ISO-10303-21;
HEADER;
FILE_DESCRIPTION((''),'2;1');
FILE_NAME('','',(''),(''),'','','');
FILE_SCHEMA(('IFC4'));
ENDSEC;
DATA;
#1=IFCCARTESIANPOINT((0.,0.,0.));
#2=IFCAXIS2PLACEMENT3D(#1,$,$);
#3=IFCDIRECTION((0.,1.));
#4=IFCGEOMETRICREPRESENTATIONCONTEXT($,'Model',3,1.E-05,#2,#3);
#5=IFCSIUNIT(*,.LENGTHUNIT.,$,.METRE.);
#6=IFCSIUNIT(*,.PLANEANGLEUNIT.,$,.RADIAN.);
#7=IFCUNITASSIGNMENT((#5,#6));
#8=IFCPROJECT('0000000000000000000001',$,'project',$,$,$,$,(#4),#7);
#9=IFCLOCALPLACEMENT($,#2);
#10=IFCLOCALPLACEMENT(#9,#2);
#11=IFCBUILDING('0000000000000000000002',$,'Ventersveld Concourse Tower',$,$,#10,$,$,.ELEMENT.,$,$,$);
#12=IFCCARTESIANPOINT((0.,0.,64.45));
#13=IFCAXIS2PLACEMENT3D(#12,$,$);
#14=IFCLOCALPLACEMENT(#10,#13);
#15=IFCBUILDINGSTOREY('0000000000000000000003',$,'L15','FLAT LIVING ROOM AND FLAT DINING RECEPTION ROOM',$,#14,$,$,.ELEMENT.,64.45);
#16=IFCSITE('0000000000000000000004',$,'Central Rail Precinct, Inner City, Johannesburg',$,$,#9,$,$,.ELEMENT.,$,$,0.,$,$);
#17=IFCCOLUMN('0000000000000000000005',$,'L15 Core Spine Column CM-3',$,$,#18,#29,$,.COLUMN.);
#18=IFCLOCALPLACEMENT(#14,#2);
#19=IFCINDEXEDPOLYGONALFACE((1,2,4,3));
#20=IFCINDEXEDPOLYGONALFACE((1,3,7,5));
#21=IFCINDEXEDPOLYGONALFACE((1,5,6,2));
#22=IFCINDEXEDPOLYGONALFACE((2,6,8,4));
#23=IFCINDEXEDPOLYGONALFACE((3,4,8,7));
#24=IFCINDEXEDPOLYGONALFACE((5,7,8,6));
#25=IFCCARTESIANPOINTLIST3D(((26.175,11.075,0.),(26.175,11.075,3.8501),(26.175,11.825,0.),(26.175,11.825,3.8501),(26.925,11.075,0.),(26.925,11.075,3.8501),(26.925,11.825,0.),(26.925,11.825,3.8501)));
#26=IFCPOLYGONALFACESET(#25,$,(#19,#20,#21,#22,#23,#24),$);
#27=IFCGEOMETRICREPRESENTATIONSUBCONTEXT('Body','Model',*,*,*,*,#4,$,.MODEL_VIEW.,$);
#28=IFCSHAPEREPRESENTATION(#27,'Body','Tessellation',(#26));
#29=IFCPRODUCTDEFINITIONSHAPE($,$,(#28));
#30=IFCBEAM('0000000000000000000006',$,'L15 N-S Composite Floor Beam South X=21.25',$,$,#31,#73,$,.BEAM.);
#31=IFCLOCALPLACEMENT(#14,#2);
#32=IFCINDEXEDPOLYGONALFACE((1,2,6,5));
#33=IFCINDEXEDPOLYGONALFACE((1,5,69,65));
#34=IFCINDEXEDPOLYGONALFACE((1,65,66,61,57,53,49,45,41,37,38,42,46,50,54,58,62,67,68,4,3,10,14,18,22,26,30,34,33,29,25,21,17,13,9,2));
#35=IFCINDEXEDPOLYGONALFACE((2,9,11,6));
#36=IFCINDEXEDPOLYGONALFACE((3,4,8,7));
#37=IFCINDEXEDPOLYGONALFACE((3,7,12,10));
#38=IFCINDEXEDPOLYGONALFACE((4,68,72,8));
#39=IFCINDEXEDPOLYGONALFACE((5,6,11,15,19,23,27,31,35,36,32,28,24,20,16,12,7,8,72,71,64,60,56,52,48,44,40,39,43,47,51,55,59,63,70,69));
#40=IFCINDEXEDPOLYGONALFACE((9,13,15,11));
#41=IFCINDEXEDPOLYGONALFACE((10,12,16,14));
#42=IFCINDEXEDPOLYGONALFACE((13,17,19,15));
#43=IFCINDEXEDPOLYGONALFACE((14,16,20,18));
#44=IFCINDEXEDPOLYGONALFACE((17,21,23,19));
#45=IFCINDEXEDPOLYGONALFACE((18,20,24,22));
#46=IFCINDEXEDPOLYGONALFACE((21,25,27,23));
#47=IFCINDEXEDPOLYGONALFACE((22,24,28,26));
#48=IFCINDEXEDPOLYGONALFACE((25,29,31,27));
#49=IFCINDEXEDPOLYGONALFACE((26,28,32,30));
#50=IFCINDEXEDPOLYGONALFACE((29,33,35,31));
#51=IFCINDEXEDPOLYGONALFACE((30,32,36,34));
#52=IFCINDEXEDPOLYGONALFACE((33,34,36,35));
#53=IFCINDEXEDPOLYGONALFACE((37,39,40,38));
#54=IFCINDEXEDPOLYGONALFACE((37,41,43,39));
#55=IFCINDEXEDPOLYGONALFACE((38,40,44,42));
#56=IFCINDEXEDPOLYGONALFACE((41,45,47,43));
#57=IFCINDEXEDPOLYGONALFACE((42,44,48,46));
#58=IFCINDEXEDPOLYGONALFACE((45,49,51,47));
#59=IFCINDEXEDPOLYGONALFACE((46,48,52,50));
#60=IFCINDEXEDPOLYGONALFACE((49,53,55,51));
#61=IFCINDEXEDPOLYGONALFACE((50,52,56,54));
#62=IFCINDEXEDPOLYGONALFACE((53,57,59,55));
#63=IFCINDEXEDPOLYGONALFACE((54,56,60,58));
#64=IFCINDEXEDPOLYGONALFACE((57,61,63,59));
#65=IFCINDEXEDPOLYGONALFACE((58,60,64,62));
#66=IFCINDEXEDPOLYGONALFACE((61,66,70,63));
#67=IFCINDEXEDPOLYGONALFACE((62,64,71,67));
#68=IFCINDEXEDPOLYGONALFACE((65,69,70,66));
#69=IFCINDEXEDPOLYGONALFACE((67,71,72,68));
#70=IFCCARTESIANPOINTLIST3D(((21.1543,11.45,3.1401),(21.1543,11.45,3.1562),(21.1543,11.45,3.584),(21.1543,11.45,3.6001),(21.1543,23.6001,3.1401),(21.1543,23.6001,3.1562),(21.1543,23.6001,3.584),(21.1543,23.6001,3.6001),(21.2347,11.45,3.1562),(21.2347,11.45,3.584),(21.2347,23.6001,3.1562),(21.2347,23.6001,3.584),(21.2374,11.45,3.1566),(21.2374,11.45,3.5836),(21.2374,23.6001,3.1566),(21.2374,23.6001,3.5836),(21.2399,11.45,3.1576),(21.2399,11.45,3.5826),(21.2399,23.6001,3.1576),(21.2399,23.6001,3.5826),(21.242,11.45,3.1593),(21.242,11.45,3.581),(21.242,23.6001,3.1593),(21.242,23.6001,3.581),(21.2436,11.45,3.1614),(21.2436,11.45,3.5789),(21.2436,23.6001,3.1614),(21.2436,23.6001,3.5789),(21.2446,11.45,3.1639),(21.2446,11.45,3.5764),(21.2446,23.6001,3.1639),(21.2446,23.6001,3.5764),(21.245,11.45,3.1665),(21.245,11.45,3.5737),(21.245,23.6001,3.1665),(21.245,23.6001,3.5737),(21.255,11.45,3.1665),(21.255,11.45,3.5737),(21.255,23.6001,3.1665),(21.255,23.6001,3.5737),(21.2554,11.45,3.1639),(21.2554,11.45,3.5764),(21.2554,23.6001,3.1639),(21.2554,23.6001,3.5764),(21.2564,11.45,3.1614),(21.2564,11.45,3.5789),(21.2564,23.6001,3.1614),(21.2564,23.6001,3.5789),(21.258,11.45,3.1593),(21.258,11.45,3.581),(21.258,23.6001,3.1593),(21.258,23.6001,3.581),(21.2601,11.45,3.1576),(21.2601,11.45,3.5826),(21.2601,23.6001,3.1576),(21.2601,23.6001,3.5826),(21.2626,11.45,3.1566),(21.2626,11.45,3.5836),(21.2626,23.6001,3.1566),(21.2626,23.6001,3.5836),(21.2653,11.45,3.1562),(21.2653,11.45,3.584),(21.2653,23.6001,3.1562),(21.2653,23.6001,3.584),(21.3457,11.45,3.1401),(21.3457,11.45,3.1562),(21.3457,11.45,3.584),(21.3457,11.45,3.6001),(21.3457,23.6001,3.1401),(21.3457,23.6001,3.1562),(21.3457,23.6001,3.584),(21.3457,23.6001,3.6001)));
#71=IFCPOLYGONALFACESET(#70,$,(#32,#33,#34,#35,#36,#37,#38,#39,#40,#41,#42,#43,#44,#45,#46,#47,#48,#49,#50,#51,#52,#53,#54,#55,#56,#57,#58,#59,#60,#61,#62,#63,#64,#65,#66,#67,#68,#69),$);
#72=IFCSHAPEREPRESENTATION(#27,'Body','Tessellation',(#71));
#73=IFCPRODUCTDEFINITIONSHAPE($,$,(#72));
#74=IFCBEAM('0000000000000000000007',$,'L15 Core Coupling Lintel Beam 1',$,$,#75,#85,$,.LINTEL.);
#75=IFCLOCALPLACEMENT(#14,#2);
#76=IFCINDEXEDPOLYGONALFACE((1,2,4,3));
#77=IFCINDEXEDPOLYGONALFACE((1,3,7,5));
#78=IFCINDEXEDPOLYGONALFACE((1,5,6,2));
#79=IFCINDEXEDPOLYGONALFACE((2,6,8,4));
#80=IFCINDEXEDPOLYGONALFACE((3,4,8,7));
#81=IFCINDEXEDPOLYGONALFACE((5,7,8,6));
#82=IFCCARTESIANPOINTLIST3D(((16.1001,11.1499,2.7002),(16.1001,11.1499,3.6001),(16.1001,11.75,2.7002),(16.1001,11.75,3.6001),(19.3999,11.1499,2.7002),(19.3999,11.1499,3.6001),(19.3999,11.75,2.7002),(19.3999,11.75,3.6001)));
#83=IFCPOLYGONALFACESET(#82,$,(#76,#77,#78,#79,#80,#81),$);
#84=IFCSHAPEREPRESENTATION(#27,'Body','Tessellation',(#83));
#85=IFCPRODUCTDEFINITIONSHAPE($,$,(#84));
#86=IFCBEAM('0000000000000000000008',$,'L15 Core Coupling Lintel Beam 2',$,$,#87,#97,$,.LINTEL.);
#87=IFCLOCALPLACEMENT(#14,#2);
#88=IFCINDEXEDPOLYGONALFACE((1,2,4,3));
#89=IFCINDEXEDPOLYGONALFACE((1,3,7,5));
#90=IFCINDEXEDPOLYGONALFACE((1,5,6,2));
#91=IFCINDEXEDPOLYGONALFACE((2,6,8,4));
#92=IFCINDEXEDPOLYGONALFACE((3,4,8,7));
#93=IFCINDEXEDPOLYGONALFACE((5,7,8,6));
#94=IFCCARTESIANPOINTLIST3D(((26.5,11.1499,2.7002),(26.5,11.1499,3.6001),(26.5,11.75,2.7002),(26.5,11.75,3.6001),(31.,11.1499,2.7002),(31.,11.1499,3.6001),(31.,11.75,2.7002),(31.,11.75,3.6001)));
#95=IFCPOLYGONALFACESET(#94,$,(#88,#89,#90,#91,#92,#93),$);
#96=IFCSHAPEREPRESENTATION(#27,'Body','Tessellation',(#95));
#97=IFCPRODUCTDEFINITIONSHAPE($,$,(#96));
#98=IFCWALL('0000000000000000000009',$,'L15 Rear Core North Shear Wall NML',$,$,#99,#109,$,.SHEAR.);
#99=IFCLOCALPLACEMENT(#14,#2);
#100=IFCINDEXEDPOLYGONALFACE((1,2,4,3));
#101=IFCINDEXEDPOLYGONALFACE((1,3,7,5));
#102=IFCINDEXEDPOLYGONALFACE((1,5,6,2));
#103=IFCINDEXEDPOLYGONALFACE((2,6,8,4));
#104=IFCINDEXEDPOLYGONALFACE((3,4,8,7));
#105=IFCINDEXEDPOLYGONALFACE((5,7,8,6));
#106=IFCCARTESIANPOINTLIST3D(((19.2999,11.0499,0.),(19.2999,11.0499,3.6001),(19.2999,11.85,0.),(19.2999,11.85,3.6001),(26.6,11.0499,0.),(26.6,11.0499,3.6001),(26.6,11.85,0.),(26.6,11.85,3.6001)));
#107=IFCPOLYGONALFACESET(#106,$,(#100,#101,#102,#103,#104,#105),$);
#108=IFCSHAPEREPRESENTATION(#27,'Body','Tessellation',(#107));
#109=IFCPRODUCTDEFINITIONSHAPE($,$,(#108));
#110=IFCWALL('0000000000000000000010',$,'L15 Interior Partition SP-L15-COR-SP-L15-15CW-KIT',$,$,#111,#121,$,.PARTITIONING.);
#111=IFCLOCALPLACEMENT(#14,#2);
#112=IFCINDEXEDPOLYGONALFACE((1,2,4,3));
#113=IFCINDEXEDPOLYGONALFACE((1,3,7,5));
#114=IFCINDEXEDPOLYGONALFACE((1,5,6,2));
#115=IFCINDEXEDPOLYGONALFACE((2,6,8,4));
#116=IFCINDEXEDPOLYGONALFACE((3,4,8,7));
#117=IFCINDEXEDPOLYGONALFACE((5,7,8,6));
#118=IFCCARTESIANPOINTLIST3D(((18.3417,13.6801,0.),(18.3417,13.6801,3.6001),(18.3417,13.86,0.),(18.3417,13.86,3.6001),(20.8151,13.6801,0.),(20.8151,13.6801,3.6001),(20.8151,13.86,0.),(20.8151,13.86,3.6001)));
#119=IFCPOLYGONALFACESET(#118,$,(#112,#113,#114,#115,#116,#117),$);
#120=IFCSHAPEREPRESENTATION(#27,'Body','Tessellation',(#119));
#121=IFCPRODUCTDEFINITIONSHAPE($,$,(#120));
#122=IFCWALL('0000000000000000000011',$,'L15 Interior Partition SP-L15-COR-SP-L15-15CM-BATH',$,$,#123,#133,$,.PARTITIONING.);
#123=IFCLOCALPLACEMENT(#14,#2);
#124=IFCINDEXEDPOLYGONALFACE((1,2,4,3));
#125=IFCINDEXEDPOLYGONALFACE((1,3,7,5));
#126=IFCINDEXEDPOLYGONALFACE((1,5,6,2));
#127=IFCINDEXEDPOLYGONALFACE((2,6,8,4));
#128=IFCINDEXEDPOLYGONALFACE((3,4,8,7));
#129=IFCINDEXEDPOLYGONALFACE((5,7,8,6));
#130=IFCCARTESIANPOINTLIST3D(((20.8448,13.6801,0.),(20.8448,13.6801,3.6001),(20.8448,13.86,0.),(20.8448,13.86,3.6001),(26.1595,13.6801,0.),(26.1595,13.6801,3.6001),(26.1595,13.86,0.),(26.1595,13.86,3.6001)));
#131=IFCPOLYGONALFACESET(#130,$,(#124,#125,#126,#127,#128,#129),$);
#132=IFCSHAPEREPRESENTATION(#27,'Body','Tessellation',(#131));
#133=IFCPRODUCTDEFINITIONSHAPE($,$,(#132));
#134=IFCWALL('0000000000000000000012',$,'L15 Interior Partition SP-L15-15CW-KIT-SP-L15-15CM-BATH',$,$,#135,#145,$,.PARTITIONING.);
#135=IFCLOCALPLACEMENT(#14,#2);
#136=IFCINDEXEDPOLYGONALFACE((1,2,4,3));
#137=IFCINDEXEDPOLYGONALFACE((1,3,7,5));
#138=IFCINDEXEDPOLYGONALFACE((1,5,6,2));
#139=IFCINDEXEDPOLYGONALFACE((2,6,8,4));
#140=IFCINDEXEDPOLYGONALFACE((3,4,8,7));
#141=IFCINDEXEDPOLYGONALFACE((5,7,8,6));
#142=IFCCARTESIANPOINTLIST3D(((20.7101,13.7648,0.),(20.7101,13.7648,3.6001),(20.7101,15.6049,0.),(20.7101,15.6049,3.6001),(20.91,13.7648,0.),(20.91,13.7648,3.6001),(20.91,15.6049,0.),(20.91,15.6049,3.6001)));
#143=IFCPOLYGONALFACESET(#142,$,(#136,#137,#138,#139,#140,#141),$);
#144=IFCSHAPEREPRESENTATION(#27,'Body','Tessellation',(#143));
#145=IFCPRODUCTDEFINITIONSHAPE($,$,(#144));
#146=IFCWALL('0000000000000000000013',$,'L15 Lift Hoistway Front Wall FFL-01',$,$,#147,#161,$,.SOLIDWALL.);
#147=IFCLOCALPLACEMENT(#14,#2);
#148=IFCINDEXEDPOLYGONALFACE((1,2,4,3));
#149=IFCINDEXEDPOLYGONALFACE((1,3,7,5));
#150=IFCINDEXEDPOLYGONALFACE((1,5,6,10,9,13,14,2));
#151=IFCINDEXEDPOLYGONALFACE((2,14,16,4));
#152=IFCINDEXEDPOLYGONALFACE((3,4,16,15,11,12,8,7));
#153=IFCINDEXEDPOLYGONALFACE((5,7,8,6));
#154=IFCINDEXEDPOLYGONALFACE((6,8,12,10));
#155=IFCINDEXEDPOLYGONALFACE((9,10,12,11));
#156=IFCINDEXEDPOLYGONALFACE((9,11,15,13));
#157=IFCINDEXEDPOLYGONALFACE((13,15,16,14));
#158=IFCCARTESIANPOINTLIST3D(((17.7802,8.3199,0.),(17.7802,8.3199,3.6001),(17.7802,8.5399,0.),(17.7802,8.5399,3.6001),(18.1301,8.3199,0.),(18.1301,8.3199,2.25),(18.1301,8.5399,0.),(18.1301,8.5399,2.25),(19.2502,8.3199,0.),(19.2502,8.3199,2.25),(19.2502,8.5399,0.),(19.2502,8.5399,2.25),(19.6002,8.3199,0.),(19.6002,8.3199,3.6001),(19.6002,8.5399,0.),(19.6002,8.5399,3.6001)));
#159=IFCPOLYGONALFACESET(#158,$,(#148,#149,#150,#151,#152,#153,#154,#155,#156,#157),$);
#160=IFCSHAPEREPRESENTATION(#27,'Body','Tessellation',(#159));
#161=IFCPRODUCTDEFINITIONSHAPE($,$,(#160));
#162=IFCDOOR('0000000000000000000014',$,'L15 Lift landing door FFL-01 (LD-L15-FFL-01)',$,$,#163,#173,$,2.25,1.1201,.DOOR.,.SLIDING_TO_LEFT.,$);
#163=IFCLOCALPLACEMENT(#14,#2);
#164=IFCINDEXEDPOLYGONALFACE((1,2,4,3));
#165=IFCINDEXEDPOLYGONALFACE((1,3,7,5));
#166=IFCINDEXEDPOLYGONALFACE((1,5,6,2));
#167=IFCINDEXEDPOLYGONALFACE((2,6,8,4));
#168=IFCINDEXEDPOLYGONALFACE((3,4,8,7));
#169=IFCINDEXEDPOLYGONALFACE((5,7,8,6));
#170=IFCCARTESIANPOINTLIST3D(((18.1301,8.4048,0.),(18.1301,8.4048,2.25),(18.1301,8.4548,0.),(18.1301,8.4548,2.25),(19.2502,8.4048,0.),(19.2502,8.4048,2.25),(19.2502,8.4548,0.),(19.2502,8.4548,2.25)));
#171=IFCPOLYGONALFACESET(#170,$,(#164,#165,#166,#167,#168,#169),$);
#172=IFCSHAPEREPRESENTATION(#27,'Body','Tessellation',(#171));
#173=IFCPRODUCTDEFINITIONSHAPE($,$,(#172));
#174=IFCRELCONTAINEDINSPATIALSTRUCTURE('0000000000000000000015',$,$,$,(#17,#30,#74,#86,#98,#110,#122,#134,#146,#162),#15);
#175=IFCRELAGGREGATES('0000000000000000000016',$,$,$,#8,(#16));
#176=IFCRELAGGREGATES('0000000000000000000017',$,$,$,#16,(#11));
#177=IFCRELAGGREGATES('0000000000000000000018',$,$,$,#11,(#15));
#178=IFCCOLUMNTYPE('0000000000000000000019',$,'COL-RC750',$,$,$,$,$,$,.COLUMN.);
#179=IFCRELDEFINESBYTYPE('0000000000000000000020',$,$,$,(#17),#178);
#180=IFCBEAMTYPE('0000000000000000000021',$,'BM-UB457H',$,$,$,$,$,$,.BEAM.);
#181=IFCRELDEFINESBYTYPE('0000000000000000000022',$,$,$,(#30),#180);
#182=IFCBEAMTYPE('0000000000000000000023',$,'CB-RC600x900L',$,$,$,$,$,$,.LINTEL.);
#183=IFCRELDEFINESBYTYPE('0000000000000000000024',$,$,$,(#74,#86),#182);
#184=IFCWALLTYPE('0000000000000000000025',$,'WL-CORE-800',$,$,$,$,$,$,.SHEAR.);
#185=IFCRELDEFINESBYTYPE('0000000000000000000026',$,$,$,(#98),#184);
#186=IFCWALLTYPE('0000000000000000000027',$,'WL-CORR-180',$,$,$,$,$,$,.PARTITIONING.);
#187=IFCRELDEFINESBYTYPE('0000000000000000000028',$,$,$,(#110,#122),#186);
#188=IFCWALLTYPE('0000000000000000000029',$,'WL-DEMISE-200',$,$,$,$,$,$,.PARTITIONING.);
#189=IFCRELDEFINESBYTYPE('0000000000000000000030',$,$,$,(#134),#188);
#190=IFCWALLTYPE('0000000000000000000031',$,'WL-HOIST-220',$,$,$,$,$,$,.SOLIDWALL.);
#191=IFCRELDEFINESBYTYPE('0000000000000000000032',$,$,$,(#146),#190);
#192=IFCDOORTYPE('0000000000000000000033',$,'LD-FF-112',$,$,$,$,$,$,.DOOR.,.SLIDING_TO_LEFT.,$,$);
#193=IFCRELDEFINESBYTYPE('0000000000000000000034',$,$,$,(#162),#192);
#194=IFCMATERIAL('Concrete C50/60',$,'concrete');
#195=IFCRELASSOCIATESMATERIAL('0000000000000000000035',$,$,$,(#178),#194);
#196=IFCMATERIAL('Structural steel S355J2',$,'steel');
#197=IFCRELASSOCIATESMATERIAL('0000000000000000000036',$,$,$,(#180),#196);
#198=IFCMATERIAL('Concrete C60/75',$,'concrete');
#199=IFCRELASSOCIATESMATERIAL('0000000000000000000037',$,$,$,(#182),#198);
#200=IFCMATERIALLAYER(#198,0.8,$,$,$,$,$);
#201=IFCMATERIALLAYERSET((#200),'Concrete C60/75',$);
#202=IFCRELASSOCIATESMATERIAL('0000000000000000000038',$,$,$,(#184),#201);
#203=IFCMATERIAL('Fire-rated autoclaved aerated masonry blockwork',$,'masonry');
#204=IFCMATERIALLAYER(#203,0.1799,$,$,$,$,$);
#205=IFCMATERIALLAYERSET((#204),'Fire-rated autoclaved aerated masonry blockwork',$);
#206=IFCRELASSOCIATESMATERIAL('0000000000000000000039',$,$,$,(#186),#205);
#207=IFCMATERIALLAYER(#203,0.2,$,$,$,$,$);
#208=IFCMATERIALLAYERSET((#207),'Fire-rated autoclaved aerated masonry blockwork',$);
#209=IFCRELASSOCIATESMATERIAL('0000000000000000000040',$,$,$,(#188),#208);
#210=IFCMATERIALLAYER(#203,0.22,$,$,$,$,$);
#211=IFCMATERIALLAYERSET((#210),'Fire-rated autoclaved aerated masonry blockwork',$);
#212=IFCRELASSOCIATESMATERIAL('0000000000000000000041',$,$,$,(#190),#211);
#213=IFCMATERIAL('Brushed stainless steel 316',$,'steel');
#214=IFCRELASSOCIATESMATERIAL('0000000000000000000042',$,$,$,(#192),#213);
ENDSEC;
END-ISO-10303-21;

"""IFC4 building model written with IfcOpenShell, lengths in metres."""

from ifc_helpers import new_model, si_unit, direction, frame, frame_2d, origin, origin_2d, place, context, subcontext, project, spatial, rectangle, i_section, extrude, material, layer, layer_set, material_profile, profile_set, type_object, element, fill, save


model = new_model("IFC4")

# Units and contexts
model_context = context("Model", 3, precision=1e-05, world=origin(), true_north=direction((0.0, 1.0)))
body_context = subcontext(model_context, "Body", "Model", "MODEL_VIEW")
ifc_project = project(units=[si_unit("LENGTHUNIT", "METRE"), si_unit("PLANEANGLEUNIT", "RADIAN")], contexts=[model_context])

# Site, building, storey
site_placement = place(None, origin())
site = spatial("IfcSite", under=ifc_project, at=site_placement, Name="Central Rail Precinct, Inner City, Johannesburg", CompositionType="ELEMENT", RefElevation=0.0)
building_placement = place(site_placement, origin())
building = spatial("IfcBuilding", under=site, at=building_placement, Name="Ventersveld Concourse Tower", CompositionType="ELEMENT")
storey_placement = place(building_placement, frame((0.0, 0.0, 64.45)))
storey = spatial("IfcBuildingStorey", under=building, at=storey_placement, Name="L15", Description="FLAT LIVING ROOM AND FLAT DINING RECEPTION ROOM", CompositionType="ELEMENT", Elevation=64.45)

# Column
ifc_material_1 = material(Name="Concrete C50/60", Category="concrete")
ifc_material_profile_1 = material_profile(ifc_material_1, rectangle(XDim=0.75, YDim=0.75, at=origin_2d()), Name="RC 750x750")
ifc_profile_set_1 = profile_set([ifc_material_profile_1], Name="Concrete C50/60")
column_type = type_object("IfcColumnType", Name="COL-RC750", PredefinedType="COLUMN", material=ifc_profile_set_1)
column_placement = place(storey_placement, frame((26.55, 11.45, 0.0), z_axis=(0.0, 0.0, 1.0), x_axis=(1.0, 0.0, 0.0)))
element("IfcColumn", 1, at=column_placement, inside=storey, type_object=column_type, Name="L15 Core Spine Column CM-3", PredefinedType="COLUMN", context=body_context, shape_type="SweptSolid", body=[
    extrude(rectangle(XDim=0.75, YDim=0.75, at=origin_2d()), origin(), (0.0, 0.0, 1.0), 3.8501),
])

# Beams
ifc_material_2 = material(Name="Structural steel S355J2", Category="steel")
ifc_material_profile_2 = material_profile(ifc_material_2, i_section(OverallWidth=0.1914, OverallDepth=0.46, WebThickness=0.01, FlangeThickness=0.0161, FilletRadius=0.0103, at=origin_2d()), Name="UB 457x191x82")
ifc_profile_set_2 = profile_set([ifc_material_profile_2], Name="Structural steel S355J2")
beam_type_1 = type_object("IfcBeamType", Name="BM-UB457H", PredefinedType="BEAM", material=ifc_profile_set_2)
beam_1_placement = place(storey_placement, frame((21.25, 11.45, 3.3701), z_axis=(0.0, 1.0, 0.0), x_axis=(-1.0, 0.0, 0.0)))
element("IfcBeam", 2, at=beam_1_placement, inside=storey, type_object=beam_type_1, Name="L15 N-S Composite Floor Beam South X=21.25", PredefinedType="BEAM", context=body_context, shape_type="SweptSolid", body=[
    extrude(i_section(OverallWidth=0.1914, OverallDepth=0.46, WebThickness=0.01, FlangeThickness=0.0161, FilletRadius=0.0103, at=origin_2d()), origin(), (0.0, 0.0, 1.0), 12.1501),
])
ifc_material_3 = material(Name="Concrete C60/75", Category="concrete")
ifc_material_profile_3 = material_profile(ifc_material_3, rectangle(XDim=0.6001, YDim=0.8999, at=origin_2d()), Name="RC 600x900")
ifc_profile_set_3 = profile_set([ifc_material_profile_3], Name="Concrete C60/75")
beam_type_2 = type_object("IfcBeamType", Name="CB-RC600x900L", PredefinedType="LINTEL", material=ifc_profile_set_3)
beam_2_placement = place(storey_placement, frame((16.1001, 11.45, 3.1501), z_axis=(1.0, 0.0, 0.0), x_axis=(0.0, 1.0, 0.0)))
element("IfcBeam", 3, at=beam_2_placement, inside=storey, type_object=beam_type_2, Name="L15 Core Coupling Lintel Beam 1", PredefinedType="LINTEL", context=body_context, shape_type="SweptSolid", body=[
    extrude(rectangle(XDim=0.6001, YDim=0.8999, at=origin_2d()), origin(), (0.0, 0.0, 1.0), 3.2998),
])
beam_3_placement = place(storey_placement, frame((26.5, 11.45, 3.1501), z_axis=(1.0, 0.0, 0.0), x_axis=(0.0, 1.0, 0.0)))
element("IfcBeam", 4, at=beam_3_placement, inside=storey, type_object=beam_type_2, Name="L15 Core Coupling Lintel Beam 2", PredefinedType="LINTEL", context=body_context, shape_type="SweptSolid", body=[
    extrude(rectangle(XDim=0.6001, YDim=0.8999, at=origin_2d()), origin(), (0.0, 0.0, 1.0), 4.5),
])

# Walls
ifc_layer_1 = layer(ifc_material_3, 0.8)
ifc_layer_set_1 = layer_set([ifc_layer_1], Name="Concrete C60/75")
wall_type_1 = type_object("IfcWallType", Name="WL-CORE-800", PredefinedType="SHEAR", material=ifc_layer_set_1)
wall_1_placement = place(storey_placement, frame((19.3, 11.45, 0.0), z_axis=(0.0, 0.0, 1.0), x_axis=(1.0, 0.0, 0.0)))
element("IfcWall", 5, at=wall_1_placement, inside=storey, type_object=wall_type_1, Name="L15 Rear Core North Shear Wall NML", PredefinedType="SHEAR", context=body_context, shape_type="SweptSolid", body=[
    extrude(rectangle(XDim=7.3, YDim=0.8, at=frame_2d((3.6499, 0.0))), origin(), (0.0, 0.0, 1.0), 3.6001),
])
ifc_material_4 = material(Name="Fire-rated autoclaved aerated masonry blockwork", Category="masonry")
ifc_layer_2 = layer(ifc_material_4, 0.1799)
ifc_layer_set_2 = layer_set([ifc_layer_2], Name="Fire-rated autoclaved aerated masonry blockwork")
wall_type_2 = type_object("IfcWallType", Name="WL-CORR-180", PredefinedType="PARTITIONING", material=ifc_layer_set_2)
wall_2_placement = place(storey_placement, frame((18.3416, 13.77, 0.0), z_axis=(0.0, 0.0, 1.0), x_axis=(1.0, 0.0, 0.0)))
element("IfcWall", 6, at=wall_2_placement, inside=storey, type_object=wall_type_2, Name="L15 Interior Partition SP-L15-COR-SP-L15-15CW-KIT", PredefinedType="PARTITIONING", context=body_context, shape_type="SweptSolid", body=[
    extrude(rectangle(XDim=2.4734, YDim=0.1799, at=frame_2d((1.2368, 0.0))), origin(), (0.0, 0.0, 1.0), 3.6001),
])

# Walls
wall_3_placement = place(storey_placement, frame((20.845, 13.77, 0.0), z_axis=(0.0, 0.0, 1.0), x_axis=(1.0, 0.0, 0.0)))
element("IfcWall", 7, at=wall_3_placement, inside=storey, type_object=wall_type_2, Name="L15 Interior Partition SP-L15-COR-SP-L15-15CM-BATH", PredefinedType="PARTITIONING", context=body_context, shape_type="SweptSolid", body=[
    extrude(rectangle(XDim=5.3147, YDim=0.1799, at=frame_2d((2.6572, 0.0))), origin(), (0.0, 0.0, 1.0), 3.6001),
])
ifc_layer_3 = layer(ifc_material_4, 0.2)
ifc_layer_set_3 = layer_set([ifc_layer_3], Name="Fire-rated autoclaved aerated masonry blockwork")
wall_type_3 = type_object("IfcWallType", Name="WL-DEMISE-200", PredefinedType="PARTITIONING", material=ifc_layer_set_3)
wall_4_placement = place(storey_placement, frame((20.8101, 13.7649, 0.0), z_axis=(0.0, 0.0, 1.0), x_axis=(0.0, 1.0, 0.0)))
element("IfcWall", 8, at=wall_4_placement, inside=storey, type_object=wall_type_3, Name="L15 Interior Partition SP-L15-15CW-KIT-SP-L15-15CM-BATH", PredefinedType="PARTITIONING", context=body_context, shape_type="SweptSolid", body=[
    extrude(rectangle(XDim=1.8401, YDim=0.2, at=frame_2d((0.9199, 0.0))), origin(), (0.0, 0.0, 1.0), 3.6001),
])

# Wall, opening, door
ifc_layer_4 = layer(ifc_material_4, 0.22)
ifc_layer_set_4 = layer_set([ifc_layer_4], Name="Fire-rated autoclaved aerated masonry blockwork")
wall_type_4 = type_object("IfcWallType", Name="WL-HOIST-220", PredefinedType="SOLIDWALL", material=ifc_layer_set_4)
wall_5_placement = place(storey_placement, frame((17.78, 8.4299, 0.0), z_axis=(0.0, 0.0, 1.0), x_axis=(1.0, 0.0, 0.0)))
wall_5 = element("IfcWall", 9, at=wall_5_placement, inside=storey, type_object=wall_type_4, Name="L15 Lift Hoistway Front Wall FFL-01", PredefinedType="SOLIDWALL", context=body_context, shape_type="SweptSolid", body=[
    extrude(rectangle(XDim=1.8201, YDim=0.22, at=frame_2d((0.9102, 0.0))), origin(), (0.0, 0.0, 1.0), 3.6001),
])
opening_1_placement = place(wall_5_placement, frame((0.3501, 0.0, 0.0)))
opening_1 = element("IfcOpeningElement", 10, at=opening_1_placement, cuts=wall_5, PredefinedType="OPENING", context=body_context, shape_type="SweptSolid", body=[
    extrude(rectangle(XDim=1.1201, YDim=2.25, at=frame_2d((0.5601, 1.125))), frame((0.0, 0.1201, 0.0), z_axis=(0.0, -1.0, 0.0), x_axis=(1.0, 0.0, 0.0)), (0.0, 0.0, 1.0), 0.24),
])
ifc_material_5 = material(Name="Brushed stainless steel 316", Category="steel")
door_type_1 = type_object("IfcDoorType", Name="LD-FF-112", OperationType="SLIDING_TO_LEFT", PredefinedType="DOOR", material=ifc_material_5)
door_1_placement = place(opening_1_placement, origin())
door_1 = element("IfcDoor", 11, at=door_1_placement, inside=storey, type_object=door_type_1, Name="L15 Lift landing door FFL-01 (LD-L15-FFL-01)", OperationType="SLIDING_TO_LEFT", OverallHeight=2.25, OverallWidth=1.1201, PredefinedType="DOOR", context=body_context, shape_type="SweptSolid", body=[
    extrude(rectangle(XDim=1.1201, YDim=2.25, at=frame_2d((0.5601, 1.125))), frame((0.0, 0.0249, 0.0), z_axis=(0.0, -1.0, 0.0), x_axis=(1.0, 0.0, 0.0)), (0.0, 0.0, 1.0), 0.05),
])
fill(opening_1, door_1)

save(model, "model.ifc")
